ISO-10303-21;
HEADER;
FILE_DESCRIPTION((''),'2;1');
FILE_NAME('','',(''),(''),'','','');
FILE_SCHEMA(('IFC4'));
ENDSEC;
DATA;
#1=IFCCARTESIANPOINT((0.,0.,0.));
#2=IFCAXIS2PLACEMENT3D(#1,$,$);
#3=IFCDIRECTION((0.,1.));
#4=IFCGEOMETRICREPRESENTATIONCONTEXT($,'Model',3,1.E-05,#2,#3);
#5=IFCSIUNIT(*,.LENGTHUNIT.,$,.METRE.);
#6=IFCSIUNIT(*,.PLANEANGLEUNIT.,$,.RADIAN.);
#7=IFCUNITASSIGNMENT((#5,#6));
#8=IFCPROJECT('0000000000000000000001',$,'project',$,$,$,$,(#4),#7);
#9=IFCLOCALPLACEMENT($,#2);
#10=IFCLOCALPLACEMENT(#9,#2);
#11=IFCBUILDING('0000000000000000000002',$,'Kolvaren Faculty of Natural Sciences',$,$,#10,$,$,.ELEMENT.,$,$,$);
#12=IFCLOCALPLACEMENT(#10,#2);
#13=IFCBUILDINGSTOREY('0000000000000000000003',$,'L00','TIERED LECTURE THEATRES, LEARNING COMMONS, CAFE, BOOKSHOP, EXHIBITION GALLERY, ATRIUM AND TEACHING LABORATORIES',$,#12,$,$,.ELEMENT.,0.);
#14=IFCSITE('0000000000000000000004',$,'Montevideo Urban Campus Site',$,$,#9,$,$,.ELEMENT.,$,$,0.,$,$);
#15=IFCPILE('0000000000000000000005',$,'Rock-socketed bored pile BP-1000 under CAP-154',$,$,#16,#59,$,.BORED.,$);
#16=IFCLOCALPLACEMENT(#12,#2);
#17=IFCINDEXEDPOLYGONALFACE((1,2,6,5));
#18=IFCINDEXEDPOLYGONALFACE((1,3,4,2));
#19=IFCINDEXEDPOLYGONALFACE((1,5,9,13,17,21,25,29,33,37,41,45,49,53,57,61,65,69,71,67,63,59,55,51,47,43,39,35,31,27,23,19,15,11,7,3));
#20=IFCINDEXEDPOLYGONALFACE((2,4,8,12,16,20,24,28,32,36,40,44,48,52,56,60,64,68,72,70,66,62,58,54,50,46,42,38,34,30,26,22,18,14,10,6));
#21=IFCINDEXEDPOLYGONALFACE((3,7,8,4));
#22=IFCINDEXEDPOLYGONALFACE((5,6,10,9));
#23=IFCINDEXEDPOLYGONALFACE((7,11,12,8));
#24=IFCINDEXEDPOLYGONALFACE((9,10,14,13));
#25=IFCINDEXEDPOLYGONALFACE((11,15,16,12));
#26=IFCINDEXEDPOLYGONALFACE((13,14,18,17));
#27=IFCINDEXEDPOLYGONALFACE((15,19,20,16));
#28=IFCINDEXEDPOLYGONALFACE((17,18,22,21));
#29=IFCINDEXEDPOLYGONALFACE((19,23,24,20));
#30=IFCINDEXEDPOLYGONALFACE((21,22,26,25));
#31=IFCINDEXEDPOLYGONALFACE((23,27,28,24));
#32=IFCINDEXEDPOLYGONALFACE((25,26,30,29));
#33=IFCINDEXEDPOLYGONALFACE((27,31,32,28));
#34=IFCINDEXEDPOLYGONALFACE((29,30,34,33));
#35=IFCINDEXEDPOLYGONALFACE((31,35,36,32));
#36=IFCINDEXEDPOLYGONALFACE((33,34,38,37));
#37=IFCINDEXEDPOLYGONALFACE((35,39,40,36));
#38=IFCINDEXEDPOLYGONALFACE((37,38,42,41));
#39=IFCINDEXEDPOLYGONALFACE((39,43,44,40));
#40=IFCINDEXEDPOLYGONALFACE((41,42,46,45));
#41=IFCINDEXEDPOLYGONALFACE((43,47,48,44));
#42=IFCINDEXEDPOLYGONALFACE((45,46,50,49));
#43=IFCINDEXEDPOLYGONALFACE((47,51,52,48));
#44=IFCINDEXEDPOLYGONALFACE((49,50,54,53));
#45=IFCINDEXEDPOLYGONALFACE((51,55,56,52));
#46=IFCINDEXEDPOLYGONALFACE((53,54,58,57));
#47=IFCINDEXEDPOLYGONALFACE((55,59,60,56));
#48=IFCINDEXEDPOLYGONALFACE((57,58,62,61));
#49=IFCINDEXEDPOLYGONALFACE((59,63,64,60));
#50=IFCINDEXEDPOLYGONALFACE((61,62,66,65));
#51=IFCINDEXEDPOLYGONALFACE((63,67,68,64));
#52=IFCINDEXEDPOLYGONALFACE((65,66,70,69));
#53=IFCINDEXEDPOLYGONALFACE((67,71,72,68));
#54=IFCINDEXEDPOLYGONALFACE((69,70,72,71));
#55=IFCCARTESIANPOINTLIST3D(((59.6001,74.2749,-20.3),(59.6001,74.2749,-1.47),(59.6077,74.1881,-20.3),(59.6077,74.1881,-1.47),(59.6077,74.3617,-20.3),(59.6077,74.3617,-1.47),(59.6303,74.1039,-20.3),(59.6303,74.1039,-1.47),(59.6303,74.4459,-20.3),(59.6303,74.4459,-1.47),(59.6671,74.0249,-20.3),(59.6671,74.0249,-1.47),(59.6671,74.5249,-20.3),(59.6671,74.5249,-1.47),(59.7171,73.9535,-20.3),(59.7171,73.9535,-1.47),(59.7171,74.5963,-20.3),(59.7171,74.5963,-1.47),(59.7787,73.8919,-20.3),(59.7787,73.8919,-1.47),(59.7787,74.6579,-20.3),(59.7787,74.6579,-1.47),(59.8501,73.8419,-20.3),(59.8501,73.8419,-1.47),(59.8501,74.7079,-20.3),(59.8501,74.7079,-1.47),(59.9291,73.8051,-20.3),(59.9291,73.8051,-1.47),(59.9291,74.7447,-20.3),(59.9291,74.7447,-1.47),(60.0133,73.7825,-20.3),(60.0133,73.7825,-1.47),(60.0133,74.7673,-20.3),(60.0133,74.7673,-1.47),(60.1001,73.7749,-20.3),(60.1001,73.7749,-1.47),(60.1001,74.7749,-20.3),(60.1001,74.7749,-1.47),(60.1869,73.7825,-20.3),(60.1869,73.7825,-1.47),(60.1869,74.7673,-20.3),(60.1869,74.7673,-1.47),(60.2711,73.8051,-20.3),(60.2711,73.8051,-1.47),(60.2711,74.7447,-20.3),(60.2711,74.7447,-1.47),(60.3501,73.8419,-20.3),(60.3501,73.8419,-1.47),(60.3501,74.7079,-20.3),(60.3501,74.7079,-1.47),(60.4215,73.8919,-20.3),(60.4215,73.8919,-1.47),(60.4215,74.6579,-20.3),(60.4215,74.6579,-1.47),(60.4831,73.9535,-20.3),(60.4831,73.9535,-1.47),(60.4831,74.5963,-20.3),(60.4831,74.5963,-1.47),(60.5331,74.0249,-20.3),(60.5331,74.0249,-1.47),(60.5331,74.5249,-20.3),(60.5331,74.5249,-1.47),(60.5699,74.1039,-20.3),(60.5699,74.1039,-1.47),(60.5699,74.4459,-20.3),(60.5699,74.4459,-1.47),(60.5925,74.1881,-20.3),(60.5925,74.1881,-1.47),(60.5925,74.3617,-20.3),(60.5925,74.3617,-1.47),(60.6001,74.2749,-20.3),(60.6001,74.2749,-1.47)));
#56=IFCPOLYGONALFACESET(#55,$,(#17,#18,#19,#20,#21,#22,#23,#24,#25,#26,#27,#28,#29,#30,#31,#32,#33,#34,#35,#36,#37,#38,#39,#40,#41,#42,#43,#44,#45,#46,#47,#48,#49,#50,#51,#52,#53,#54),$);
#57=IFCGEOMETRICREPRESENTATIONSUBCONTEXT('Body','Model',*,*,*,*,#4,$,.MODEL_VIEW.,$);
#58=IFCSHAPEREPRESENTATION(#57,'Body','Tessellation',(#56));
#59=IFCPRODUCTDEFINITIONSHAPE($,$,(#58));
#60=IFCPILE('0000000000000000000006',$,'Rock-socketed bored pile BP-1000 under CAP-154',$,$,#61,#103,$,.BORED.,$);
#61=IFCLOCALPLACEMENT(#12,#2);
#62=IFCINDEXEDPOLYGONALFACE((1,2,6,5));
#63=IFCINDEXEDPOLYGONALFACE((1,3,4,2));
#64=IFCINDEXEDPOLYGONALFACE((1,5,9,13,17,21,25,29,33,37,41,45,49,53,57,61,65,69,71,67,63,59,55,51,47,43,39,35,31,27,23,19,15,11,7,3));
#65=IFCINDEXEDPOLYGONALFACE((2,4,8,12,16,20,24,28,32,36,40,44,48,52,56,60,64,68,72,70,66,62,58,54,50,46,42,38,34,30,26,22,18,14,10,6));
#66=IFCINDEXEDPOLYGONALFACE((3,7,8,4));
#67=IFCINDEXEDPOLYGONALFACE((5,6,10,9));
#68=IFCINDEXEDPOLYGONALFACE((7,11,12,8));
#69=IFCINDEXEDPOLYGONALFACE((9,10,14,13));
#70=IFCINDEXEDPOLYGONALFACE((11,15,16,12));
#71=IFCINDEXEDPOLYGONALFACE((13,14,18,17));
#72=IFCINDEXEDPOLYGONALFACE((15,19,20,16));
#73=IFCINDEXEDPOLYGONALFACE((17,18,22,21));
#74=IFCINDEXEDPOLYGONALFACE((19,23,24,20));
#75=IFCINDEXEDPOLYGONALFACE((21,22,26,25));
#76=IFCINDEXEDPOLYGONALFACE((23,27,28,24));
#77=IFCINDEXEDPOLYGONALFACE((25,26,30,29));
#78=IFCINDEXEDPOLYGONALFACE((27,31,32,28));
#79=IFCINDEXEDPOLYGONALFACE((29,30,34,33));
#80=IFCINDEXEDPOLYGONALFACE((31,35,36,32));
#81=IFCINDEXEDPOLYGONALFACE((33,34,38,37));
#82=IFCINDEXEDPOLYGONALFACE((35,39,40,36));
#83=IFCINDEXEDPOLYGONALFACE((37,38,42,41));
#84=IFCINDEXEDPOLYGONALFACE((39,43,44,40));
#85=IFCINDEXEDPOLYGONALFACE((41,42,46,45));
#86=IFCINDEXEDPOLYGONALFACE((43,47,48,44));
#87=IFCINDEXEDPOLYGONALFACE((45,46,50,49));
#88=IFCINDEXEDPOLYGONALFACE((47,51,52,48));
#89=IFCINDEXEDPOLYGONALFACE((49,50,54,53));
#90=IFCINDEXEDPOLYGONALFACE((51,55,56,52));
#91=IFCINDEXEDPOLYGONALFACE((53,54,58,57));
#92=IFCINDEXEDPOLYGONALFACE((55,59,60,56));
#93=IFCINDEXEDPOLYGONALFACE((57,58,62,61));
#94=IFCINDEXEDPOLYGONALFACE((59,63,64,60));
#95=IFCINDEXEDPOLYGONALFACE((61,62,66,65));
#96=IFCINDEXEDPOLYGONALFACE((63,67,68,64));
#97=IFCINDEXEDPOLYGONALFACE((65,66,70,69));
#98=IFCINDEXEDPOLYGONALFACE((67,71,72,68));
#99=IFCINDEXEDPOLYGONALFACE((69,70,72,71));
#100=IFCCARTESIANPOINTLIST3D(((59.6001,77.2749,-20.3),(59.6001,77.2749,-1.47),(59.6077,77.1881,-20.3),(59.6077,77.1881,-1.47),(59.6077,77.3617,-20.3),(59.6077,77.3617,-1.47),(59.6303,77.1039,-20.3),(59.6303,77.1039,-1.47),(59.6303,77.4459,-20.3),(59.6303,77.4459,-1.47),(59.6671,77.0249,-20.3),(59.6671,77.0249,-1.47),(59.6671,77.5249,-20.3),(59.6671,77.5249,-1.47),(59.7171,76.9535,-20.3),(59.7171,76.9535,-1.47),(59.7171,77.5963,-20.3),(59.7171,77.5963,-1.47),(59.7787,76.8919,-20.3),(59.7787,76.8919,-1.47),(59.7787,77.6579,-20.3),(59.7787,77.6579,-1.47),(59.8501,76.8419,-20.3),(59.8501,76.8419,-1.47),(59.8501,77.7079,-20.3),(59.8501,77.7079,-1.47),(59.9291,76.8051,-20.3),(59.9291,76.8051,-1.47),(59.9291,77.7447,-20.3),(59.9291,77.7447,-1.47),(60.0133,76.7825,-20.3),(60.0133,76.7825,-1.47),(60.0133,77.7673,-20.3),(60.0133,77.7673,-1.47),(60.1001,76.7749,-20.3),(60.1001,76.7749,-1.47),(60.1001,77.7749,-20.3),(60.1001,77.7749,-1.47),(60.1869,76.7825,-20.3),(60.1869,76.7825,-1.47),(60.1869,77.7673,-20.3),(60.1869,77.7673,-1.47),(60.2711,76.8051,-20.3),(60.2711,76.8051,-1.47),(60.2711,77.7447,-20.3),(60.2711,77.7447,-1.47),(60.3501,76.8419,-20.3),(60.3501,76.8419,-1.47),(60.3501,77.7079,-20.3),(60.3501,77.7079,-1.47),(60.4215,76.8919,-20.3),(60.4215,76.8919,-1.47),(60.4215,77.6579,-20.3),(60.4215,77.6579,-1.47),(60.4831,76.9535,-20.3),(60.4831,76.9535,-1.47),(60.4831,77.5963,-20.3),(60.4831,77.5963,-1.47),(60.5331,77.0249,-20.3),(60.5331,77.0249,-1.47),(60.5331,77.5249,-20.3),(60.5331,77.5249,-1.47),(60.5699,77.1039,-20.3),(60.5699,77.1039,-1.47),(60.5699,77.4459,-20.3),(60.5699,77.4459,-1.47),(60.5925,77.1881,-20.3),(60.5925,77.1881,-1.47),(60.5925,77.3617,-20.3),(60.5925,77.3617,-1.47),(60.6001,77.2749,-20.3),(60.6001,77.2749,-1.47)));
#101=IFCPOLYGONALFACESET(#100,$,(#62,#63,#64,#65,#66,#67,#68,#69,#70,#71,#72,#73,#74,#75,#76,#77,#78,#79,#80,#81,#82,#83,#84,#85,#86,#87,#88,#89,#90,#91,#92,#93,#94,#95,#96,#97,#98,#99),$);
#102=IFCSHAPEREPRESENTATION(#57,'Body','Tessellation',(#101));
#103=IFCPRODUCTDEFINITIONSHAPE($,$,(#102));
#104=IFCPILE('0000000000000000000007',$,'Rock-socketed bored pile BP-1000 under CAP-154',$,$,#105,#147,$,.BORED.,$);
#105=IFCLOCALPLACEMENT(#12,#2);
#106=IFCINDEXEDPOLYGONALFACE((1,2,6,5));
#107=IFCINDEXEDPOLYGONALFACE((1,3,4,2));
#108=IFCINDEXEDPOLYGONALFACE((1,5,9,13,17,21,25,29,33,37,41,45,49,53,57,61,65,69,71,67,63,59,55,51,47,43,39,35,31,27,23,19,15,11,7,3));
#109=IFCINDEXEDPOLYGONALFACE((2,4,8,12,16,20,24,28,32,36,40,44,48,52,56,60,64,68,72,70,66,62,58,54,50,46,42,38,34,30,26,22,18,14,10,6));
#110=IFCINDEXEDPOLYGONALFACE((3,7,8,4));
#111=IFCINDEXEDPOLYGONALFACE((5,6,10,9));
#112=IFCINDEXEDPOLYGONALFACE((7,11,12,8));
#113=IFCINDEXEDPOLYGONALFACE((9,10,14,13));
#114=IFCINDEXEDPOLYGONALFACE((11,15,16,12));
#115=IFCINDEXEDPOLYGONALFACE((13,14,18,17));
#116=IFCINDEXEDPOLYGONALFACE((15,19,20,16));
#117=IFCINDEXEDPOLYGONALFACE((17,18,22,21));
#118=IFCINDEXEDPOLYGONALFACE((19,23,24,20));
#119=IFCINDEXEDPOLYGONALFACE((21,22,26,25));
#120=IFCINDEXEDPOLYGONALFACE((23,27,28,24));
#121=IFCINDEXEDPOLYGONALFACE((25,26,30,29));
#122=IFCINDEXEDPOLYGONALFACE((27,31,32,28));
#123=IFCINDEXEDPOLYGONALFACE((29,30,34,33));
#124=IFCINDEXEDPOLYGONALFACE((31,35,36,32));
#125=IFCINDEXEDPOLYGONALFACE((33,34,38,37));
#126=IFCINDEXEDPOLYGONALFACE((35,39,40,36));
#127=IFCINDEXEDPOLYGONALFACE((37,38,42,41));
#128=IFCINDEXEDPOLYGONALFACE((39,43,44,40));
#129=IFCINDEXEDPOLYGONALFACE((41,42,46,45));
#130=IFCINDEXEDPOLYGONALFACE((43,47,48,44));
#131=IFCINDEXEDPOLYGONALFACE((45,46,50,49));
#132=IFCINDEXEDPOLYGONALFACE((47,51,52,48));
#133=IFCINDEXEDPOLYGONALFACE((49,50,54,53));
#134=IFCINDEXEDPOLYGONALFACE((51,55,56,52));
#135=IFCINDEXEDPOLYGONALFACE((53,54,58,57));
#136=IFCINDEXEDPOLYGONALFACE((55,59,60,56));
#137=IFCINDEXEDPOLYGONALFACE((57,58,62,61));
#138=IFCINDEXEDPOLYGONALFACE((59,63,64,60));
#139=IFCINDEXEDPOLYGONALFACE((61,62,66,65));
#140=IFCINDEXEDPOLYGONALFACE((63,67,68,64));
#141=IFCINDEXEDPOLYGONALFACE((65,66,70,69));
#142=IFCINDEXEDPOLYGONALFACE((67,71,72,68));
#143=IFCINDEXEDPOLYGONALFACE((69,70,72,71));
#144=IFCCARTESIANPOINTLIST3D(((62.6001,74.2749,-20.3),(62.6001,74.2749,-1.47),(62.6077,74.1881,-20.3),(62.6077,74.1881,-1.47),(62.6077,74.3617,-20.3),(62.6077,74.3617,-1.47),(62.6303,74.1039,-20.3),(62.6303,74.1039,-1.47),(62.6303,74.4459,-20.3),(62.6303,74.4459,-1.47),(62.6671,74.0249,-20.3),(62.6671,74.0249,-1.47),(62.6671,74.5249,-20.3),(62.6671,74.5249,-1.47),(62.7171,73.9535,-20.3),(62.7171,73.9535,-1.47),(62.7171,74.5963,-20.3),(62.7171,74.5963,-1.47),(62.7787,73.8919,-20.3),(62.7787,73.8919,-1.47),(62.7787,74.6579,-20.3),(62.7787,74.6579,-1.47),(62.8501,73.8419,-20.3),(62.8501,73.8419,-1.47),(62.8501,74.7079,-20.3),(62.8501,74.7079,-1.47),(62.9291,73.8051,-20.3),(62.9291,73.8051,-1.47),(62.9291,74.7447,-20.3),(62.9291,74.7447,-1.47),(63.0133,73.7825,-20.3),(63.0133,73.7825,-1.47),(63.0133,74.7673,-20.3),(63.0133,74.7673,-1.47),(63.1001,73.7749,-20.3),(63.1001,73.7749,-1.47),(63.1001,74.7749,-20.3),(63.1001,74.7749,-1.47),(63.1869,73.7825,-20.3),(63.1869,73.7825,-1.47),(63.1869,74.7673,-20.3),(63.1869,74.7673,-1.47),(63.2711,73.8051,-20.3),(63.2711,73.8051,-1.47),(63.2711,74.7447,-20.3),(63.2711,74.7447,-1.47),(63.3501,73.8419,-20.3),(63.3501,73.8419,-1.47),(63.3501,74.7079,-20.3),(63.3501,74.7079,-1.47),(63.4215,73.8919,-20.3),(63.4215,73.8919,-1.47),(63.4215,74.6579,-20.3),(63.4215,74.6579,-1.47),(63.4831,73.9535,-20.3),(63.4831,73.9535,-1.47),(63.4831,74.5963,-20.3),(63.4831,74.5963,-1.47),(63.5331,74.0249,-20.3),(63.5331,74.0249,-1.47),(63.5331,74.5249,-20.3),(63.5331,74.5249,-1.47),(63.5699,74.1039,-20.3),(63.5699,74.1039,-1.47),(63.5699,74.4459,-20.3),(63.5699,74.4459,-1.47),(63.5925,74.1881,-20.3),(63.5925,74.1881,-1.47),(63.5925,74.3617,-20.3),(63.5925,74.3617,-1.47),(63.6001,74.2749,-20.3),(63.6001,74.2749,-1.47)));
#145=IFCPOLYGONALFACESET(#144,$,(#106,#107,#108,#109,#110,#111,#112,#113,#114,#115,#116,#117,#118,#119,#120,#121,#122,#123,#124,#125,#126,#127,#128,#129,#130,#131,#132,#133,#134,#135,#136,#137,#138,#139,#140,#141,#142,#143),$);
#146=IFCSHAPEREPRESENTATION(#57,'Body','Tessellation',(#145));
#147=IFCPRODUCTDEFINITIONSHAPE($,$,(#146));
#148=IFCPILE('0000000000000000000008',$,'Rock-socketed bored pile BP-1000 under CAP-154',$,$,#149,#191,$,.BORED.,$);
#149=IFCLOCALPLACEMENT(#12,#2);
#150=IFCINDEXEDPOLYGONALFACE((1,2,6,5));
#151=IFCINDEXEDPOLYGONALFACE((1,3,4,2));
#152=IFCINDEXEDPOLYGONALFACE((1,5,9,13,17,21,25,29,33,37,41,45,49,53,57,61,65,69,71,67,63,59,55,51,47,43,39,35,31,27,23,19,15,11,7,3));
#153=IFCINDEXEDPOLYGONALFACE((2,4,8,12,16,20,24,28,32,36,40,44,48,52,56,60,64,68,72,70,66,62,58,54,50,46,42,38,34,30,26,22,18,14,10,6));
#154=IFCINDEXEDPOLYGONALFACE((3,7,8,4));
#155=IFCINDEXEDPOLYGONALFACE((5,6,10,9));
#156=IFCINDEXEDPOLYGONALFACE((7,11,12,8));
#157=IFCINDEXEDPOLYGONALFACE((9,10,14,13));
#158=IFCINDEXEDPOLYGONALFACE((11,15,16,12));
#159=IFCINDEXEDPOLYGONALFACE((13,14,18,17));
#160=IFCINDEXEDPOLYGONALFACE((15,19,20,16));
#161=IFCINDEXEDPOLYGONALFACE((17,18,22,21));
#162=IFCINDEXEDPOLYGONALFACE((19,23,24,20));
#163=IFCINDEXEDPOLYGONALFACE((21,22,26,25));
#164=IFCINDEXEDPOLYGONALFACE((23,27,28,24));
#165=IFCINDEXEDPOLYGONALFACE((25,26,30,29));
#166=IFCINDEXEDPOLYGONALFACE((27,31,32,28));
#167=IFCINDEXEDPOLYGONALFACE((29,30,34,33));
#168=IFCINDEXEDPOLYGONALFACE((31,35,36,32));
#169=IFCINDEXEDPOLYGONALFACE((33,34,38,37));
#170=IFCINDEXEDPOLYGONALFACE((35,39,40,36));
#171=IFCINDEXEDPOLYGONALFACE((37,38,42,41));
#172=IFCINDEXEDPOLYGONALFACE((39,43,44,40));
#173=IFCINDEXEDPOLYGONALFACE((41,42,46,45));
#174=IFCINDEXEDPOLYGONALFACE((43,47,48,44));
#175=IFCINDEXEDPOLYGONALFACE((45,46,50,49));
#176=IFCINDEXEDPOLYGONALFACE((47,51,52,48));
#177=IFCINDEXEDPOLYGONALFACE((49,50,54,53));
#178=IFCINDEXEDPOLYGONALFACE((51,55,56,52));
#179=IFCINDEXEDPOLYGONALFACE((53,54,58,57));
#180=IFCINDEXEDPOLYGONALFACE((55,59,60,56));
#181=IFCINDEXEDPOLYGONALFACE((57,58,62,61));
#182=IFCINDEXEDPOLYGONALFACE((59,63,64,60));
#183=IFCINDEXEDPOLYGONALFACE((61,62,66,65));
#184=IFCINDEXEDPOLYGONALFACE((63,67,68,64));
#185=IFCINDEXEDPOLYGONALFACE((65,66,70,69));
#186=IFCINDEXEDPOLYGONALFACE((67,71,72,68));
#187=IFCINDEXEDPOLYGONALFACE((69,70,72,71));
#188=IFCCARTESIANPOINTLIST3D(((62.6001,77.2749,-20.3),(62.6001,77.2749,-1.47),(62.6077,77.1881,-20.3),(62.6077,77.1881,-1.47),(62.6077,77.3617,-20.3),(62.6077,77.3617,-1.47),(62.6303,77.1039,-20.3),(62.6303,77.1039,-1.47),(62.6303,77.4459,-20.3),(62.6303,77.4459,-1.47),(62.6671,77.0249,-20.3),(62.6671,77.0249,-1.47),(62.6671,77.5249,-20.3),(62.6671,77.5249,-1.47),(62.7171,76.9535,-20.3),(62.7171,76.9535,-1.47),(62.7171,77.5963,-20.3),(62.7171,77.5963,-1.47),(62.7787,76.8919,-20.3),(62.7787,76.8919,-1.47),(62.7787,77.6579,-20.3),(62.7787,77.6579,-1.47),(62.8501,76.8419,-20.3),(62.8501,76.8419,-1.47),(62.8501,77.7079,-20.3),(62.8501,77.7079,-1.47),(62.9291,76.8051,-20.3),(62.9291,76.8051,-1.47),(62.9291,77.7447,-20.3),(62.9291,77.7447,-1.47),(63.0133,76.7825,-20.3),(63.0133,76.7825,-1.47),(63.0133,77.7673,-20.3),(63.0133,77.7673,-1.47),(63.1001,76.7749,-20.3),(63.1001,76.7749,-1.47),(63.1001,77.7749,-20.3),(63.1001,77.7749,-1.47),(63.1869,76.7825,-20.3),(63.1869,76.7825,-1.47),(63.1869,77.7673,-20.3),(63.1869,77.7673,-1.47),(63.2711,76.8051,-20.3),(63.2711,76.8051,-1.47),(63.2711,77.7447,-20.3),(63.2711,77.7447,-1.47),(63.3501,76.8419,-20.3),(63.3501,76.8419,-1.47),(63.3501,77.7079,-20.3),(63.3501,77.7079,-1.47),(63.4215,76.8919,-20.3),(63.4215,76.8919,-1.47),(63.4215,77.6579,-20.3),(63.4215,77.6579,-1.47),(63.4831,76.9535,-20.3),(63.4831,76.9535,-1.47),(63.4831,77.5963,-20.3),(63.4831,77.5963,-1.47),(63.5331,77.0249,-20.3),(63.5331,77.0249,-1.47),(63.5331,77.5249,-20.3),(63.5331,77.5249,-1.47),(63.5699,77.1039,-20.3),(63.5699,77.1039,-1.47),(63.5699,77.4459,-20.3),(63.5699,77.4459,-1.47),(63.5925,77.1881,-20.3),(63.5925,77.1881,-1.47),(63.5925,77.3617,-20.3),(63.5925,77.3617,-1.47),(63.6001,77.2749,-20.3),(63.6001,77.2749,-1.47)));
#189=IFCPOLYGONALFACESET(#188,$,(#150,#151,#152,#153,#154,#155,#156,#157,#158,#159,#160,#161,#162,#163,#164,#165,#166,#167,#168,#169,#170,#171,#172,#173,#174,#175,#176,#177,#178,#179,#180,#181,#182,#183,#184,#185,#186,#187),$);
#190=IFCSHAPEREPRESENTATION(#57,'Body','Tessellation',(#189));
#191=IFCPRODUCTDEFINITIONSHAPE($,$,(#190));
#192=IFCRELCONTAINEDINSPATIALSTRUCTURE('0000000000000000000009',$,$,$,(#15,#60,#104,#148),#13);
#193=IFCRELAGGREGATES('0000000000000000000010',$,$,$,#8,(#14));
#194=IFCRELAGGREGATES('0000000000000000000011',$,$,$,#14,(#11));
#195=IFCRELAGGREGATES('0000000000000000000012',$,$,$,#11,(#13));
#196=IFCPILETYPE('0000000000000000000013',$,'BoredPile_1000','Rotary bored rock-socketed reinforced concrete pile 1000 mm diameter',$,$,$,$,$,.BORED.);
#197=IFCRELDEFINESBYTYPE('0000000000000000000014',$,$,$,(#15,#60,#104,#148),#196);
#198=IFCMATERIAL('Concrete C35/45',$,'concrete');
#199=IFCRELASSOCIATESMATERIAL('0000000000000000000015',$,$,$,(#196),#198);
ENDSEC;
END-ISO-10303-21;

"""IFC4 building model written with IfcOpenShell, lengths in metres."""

from ifc_helpers import new_model, si_unit, direction, frame, origin, origin_2d, place, context, subcontext, project, spatial, circle, extrude, material, material_profile, profile_set, type_object, element, save


model = new_model("IFC4")

# Units and contexts
model_context = context("Model", 3, precision=1e-05, world=origin(), true_north=direction((0.0, 1.0)))
body_context = subcontext(model_context, "Body", "Model", "MODEL_VIEW")
ifc_project = project(units=[si_unit("LENGTHUNIT", "METRE"), si_unit("PLANEANGLEUNIT", "RADIAN")], contexts=[model_context])

# Site, building, storey
site_placement = place(None, origin())
site = spatial("IfcSite", under=ifc_project, at=site_placement, Name="Montevideo Urban Campus Site", CompositionType="ELEMENT", RefElevation=0.0)
building_placement = place(site_placement, origin())
building = spatial("IfcBuilding", under=site, at=building_placement, Name="Kolvaren Faculty of Natural Sciences", CompositionType="ELEMENT")
storey_placement = place(building_placement, origin())
storey = spatial("IfcBuildingStorey", under=building, at=storey_placement, Name="L00", Description="TIERED LECTURE THEATRES, LEARNING COMMONS, CAFE, BOOKSHOP, EXHIBITION GALLERY, ATRIUM AND TEACHING LABORATORIES", CompositionType="ELEMENT", Elevation=0.0)

# Piles
ifc_material_1 = material(Name="Concrete C35/45", Category="concrete")
ifc_material_profile_1 = material_profile(ifc_material_1, circle(Radius=0.5, at=origin_2d()), Name="PILE D1000")
ifc_profile_set_1 = profile_set([ifc_material_profile_1], Name="Concrete C35/45")
pile_type = type_object("IfcPileType", Name="BoredPile_1000", Description="Rotary bored rock-socketed reinforced concrete pile 1000 mm diameter", PredefinedType="BORED", material=ifc_profile_set_1)
for number, where, z_axis, x_axis, name in (
    (1, (60.1001, 74.2749, -1.47), (0.0, 0.0, -1.0), (1.0, 0.0, 0.0), "Rock-socketed bored pile BP-1000 under CAP-154"),
    (2, (60.1001, 77.2749, -1.47), (0.0, 0.0, -1.0), (1.0, 0.0, 0.0), "Rock-socketed bored pile BP-1000 under CAP-154"),
    (3, (63.1001, 74.2749, -1.47), (0.0, 0.0, -1.0), (1.0, 0.0, 0.0), "Rock-socketed bored pile BP-1000 under CAP-154"),
    (4, (63.1001, 77.2749, -1.47), (0.0, 0.0, -1.0), (1.0, 0.0, 0.0), "Rock-socketed bored pile BP-1000 under CAP-154"),
):
    element("IfcPile", number, at=place(storey_placement, frame(where, z_axis=z_axis, x_axis=x_axis)), inside=storey, type_object=pile_type, Name=name, PredefinedType="BORED", context=body_context, shape_type="SweptSolid", body=[
        extrude(circle(Radius=0.5, at=origin_2d()), origin(), (0.0, 0.0, 1.0), 18.8301),
    ])

save(model, "model.ifc")
